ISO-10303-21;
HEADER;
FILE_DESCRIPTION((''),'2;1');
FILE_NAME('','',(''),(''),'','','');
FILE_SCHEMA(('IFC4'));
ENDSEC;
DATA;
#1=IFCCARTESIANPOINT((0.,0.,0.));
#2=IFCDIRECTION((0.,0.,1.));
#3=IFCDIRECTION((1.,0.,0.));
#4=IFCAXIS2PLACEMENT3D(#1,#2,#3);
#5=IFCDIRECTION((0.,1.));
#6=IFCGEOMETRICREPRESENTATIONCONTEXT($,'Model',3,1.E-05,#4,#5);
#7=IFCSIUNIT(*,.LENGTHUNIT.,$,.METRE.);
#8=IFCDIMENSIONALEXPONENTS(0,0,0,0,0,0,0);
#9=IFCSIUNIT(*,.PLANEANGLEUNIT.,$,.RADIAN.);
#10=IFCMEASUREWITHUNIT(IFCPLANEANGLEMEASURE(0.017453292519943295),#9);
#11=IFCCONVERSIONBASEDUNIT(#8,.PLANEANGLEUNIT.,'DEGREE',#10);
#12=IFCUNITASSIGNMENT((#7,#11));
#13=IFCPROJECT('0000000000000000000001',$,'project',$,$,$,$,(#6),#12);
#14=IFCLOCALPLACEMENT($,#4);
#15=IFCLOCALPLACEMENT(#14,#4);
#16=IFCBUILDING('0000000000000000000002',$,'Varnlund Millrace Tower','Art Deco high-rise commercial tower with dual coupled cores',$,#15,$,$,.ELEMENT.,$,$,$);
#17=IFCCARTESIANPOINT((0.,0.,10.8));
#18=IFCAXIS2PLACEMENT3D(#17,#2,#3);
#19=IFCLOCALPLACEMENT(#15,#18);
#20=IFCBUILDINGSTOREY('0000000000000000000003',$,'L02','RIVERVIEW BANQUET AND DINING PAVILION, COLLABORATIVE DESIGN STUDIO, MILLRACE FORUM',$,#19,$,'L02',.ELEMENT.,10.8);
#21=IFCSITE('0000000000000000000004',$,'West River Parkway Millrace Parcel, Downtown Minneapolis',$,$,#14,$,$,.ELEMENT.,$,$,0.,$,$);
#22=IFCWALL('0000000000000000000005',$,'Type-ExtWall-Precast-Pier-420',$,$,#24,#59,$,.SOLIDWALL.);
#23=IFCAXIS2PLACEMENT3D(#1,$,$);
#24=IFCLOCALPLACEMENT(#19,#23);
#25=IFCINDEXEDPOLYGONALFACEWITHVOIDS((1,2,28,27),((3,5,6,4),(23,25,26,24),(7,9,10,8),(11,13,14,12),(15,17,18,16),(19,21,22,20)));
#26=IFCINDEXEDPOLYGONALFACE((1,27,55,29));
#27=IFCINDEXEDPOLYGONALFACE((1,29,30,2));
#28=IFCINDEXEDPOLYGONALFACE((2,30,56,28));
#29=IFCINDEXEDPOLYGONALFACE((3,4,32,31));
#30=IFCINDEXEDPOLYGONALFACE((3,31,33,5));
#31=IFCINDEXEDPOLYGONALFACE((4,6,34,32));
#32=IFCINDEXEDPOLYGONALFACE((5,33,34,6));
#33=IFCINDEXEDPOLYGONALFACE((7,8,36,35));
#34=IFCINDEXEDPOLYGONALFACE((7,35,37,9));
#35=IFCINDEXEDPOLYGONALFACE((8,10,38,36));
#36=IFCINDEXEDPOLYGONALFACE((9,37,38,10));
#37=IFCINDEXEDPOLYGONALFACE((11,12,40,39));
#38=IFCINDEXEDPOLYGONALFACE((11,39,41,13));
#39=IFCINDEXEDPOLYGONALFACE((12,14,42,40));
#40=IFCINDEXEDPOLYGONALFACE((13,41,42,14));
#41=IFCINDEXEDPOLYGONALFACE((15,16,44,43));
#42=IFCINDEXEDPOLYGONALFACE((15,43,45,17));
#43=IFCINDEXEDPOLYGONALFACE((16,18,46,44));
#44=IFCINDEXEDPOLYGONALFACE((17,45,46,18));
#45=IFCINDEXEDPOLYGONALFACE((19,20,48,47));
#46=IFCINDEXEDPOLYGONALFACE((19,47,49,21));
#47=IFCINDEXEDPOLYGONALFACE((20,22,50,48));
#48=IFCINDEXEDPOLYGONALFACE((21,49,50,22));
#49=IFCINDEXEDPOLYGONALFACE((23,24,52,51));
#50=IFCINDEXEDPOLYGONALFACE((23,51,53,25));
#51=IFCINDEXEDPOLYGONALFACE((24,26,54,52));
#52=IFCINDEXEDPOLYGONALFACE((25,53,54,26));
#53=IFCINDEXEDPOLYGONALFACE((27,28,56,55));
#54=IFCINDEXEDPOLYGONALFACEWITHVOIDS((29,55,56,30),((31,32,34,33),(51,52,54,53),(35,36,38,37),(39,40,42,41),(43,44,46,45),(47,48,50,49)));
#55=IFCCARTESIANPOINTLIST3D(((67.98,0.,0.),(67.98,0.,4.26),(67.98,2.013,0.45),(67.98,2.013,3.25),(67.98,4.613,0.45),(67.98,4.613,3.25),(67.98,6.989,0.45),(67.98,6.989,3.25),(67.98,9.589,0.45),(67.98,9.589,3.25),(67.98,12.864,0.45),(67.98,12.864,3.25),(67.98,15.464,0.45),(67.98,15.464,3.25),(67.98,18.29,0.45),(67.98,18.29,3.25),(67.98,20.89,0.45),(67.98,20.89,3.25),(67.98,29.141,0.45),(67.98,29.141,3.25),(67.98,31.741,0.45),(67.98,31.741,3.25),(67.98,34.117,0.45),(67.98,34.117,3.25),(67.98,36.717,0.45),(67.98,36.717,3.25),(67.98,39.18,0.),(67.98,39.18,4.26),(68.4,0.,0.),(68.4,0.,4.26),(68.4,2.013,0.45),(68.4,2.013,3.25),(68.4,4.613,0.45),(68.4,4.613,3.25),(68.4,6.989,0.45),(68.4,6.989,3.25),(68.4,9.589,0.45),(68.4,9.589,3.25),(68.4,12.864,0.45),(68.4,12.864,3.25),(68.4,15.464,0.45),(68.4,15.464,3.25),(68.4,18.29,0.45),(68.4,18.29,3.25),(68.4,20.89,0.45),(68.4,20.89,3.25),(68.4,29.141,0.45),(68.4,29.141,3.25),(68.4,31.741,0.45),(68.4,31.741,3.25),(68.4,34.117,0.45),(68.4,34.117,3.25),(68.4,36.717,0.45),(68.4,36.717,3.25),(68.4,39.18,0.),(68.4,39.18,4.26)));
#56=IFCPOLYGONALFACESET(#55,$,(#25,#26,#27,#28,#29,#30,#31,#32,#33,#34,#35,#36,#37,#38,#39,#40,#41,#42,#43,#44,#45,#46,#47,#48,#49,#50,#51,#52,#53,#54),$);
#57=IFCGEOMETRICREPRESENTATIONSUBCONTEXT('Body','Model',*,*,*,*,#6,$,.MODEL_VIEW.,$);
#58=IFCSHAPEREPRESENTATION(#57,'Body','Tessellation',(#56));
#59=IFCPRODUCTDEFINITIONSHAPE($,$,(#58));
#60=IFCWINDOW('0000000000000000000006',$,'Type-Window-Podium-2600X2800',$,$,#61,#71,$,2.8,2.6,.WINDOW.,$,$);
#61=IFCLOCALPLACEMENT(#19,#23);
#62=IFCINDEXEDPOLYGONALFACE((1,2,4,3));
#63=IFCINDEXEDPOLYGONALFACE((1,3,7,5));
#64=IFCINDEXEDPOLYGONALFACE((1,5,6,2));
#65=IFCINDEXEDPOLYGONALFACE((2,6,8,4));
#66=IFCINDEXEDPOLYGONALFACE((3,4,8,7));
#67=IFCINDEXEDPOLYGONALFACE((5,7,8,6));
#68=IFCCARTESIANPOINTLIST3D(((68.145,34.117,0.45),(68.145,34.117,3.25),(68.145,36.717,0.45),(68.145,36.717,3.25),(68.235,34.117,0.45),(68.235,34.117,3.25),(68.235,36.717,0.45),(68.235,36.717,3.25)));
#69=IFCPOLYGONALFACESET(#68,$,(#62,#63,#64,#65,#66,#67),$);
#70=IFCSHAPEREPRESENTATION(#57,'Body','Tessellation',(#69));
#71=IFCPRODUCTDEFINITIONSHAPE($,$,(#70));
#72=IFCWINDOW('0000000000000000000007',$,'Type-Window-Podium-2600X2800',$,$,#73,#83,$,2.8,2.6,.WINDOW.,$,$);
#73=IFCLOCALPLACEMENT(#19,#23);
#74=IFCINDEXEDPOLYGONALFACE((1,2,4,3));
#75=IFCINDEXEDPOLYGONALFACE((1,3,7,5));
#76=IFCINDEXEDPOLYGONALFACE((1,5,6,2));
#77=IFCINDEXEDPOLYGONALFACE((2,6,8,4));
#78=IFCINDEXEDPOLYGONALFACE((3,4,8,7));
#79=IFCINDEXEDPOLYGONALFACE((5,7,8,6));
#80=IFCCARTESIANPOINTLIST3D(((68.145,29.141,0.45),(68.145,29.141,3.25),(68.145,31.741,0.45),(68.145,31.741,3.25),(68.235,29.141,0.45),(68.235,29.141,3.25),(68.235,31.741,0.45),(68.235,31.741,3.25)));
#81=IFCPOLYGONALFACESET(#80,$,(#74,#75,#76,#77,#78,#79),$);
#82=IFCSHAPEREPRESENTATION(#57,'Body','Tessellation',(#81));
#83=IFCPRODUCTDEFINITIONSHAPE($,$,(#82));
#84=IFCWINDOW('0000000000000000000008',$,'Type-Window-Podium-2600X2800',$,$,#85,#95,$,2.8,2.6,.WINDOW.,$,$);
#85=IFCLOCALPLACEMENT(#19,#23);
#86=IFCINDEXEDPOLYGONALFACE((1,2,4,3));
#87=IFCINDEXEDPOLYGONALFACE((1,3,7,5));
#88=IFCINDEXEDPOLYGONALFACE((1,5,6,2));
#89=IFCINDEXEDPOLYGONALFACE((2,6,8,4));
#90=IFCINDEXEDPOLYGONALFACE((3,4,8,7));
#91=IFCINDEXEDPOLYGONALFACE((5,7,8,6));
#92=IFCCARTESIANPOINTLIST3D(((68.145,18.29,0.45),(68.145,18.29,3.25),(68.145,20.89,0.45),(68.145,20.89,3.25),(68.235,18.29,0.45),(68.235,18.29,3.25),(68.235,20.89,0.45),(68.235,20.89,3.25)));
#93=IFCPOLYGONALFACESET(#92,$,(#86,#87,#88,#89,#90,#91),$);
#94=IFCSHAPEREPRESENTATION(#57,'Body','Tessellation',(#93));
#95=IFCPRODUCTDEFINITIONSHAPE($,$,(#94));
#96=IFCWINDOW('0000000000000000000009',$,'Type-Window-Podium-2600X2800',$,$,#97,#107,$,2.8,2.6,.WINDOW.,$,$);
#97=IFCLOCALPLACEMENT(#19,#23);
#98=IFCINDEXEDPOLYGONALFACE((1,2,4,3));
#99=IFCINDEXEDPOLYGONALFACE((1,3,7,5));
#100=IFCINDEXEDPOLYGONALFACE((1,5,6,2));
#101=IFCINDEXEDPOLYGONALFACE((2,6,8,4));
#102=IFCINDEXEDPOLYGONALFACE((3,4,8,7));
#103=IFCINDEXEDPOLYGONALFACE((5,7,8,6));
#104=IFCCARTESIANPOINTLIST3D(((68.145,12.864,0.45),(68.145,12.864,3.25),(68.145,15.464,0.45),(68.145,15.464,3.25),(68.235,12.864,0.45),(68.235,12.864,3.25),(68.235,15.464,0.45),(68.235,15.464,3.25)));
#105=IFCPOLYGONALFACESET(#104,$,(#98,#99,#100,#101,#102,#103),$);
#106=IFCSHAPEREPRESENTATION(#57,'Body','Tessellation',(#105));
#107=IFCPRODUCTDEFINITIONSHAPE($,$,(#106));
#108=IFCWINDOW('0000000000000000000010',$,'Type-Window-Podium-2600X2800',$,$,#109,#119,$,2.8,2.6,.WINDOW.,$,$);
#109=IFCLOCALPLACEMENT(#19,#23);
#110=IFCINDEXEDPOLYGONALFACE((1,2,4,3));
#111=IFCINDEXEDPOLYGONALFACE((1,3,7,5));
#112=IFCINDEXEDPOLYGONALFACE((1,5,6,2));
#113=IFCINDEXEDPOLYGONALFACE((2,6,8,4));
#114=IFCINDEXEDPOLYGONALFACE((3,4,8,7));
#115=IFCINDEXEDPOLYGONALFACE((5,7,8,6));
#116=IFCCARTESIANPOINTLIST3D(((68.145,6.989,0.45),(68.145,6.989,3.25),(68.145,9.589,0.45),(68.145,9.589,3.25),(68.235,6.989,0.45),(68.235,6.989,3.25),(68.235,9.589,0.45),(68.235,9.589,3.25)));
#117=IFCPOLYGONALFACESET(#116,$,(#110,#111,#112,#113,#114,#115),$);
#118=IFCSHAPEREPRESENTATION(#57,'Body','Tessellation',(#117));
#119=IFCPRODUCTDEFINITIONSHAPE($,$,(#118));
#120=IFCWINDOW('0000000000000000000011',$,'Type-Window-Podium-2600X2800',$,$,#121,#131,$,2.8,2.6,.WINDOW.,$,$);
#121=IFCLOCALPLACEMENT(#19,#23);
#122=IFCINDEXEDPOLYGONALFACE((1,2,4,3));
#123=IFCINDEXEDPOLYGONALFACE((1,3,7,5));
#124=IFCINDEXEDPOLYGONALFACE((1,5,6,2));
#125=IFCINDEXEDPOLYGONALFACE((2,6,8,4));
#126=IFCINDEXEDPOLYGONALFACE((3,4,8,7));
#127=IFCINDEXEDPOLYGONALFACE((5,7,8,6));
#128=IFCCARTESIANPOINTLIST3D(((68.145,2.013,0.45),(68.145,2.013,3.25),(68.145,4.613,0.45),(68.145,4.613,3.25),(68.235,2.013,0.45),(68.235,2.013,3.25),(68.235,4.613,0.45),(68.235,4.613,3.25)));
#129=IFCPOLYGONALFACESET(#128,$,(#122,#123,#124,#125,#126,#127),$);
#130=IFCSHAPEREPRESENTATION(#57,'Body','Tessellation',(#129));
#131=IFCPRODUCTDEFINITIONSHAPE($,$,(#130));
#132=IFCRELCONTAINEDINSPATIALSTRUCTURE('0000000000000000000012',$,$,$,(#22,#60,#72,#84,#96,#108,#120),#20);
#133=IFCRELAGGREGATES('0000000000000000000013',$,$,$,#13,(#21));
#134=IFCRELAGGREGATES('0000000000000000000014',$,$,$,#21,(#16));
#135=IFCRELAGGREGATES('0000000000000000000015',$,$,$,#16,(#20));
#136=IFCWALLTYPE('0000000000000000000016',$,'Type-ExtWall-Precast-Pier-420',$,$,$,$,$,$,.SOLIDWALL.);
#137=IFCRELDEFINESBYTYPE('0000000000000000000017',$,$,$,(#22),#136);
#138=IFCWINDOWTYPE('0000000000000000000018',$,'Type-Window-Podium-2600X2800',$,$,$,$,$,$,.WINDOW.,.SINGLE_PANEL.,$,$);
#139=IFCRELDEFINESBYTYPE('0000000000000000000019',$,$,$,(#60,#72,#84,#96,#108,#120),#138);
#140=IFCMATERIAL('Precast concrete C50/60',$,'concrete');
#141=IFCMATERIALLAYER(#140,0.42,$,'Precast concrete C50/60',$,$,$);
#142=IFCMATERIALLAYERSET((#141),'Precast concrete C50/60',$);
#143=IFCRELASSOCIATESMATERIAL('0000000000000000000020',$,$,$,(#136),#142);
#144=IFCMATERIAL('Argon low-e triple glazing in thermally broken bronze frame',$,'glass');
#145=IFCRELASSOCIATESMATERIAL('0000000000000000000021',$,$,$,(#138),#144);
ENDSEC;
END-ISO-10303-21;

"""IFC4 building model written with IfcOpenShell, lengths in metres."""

from ifc_helpers import new_model, entity, si_unit, converted_unit, direction, frame, origin_with_axes, origin_2d_with_axis, place, context, subcontext, project, spatial, polyline, rectangle, outline, extrude, material, layer, layer_set, type_object, element, fill, save


model = new_model("IFC4")

# Units and contexts
model_context = context("Model", 3, precision=1e-05, world=origin_with_axes(), true_north=direction((0.0, 1.0)))
body_context = subcontext(model_context, "Body", "Model", "MODEL_VIEW")
ifc_project = project(units=[si_unit("LENGTHUNIT", "METRE"), converted_unit("PLANEANGLEUNIT", "DEGREE", entity("IfcPlaneAngleMeasure", 0.017453292519943295), si_unit("PLANEANGLEUNIT", "RADIAN"), dimensions=[0, 0, 0, 0, 0, 0, 0])], contexts=[model_context])

# Site, building, storey
site_placement = place(None, origin_with_axes())
site = spatial("IfcSite", under=ifc_project, at=site_placement, Name="West River Parkway Millrace Parcel, Downtown Minneapolis", CompositionType="ELEMENT", RefElevation=0.0)
building_placement = place(site_placement, origin_with_axes())
building = spatial("IfcBuilding", under=site, at=building_placement, Name="Varnlund Millrace Tower", Description="Art Deco high-rise commercial tower with dual coupled cores", CompositionType="ELEMENT")
storey_placement = place(building_placement, frame((0.0, 0.0, 10.8), z_axis=(0.0, 0.0, 1.0), x_axis=(1.0, 0.0, 0.0)))
storey = spatial("IfcBuildingStorey", under=building, at=storey_placement, Name="L02", Description="RIVERVIEW BANQUET AND DINING PAVILION, COLLABORATIVE DESIGN STUDIO, MILLRACE FORUM", LongName="L02", CompositionType="ELEMENT", Elevation=10.8)

# Wall, openings, windows
ifc_material_1 = material(Name="Precast concrete C50/60", Category="concrete")
ifc_layer_1 = layer(ifc_material_1, 0.42, Name="Precast concrete C50/60")
ifc_layer_set_1 = layer_set([ifc_layer_1], Name="Precast concrete C50/60")
wall_type = type_object("IfcWallType", Name="Type-ExtWall-Precast-Pier-420", PredefinedType="SOLIDWALL", material=ifc_layer_set_1)
wall_placement = place(storey_placement, frame((68.19, 39.18, 0.0), z_axis=(0.0, 0.0, 1.0), x_axis=(0.0, -1.0, 0.0)))
wall = element("IfcWall", 1, at=wall_placement, inside=storey, type_object=wall_type, Name="Type-ExtWall-Precast-Pier-420", PredefinedType="SOLIDWALL", context=body_context, shape_type="SweptSolid", body=[
    extrude(outline(polyline([(0.0, -0.21), (39.18, -0.21), (39.18, 0.21), (0.0, 0.21), (0.0, -0.21)])), origin_with_axes(), (0.0, 0.0, 1.0), 4.26),
])
opening_1_placement = place(wall_placement, frame((3.763, 0.0, 0.45), z_axis=(0.0, 0.0, 1.0), x_axis=(1.0, 0.0, 0.0)))
opening_1 = element("IfcOpeningElement", 2, at=opening_1_placement, cuts=wall, PredefinedType="OPENING", context=body_context, shape_type="SweptSolid", body=[
    extrude(rectangle(XDim=2.6, YDim=0.44, at=origin_2d_with_axis()), origin_with_axes(), (0.0, 0.0, 1.0), 2.8),
])
opening_2_placement = place(wall_placement, frame((8.739, 0.0, 0.45), z_axis=(0.0, 0.0, 1.0), x_axis=(1.0, 0.0, 0.0)))
opening_2 = element("IfcOpeningElement", 3, at=opening_2_placement, cuts=wall, PredefinedType="OPENING", context=body_context, shape_type="SweptSolid", body=[
    extrude(rectangle(XDim=2.6, YDim=0.44, at=origin_2d_with_axis()), origin_with_axes(), (0.0, 0.0, 1.0), 2.8),
])
opening_3_placement = place(wall_placement, frame((19.59, 0.0, 0.45), z_axis=(0.0, 0.0, 1.0), x_axis=(1.0, 0.0, 0.0)))
opening_3 = element("IfcOpeningElement", 4, at=opening_3_placement, cuts=wall, PredefinedType="OPENING", context=body_context, shape_type="SweptSolid", body=[
    extrude(rectangle(XDim=2.6, YDim=0.44, at=origin_2d_with_axis()), origin_with_axes(), (0.0, 0.0, 1.0), 2.8),
])
opening_4_placement = place(wall_placement, frame((25.016, 0.0, 0.45), z_axis=(0.0, 0.0, 1.0), x_axis=(1.0, 0.0, 0.0)))
opening_4 = element("IfcOpeningElement", 5, at=opening_4_placement, cuts=wall, PredefinedType="OPENING", context=body_context, shape_type="SweptSolid", body=[
    extrude(rectangle(XDim=2.6, YDim=0.44, at=origin_2d_with_axis()), origin_with_axes(), (0.0, 0.0, 1.0), 2.8),
])
opening_5_placement = place(wall_placement, frame((30.891, 0.0, 0.45), z_axis=(0.0, 0.0, 1.0), x_axis=(1.0, 0.0, 0.0)))
opening_5 = element("IfcOpeningElement", 6, at=opening_5_placement, cuts=wall, PredefinedType="OPENING", context=body_context, shape_type="SweptSolid", body=[
    extrude(rectangle(XDim=2.6, YDim=0.44, at=origin_2d_with_axis()), origin_with_axes(), (0.0, 0.0, 1.0), 2.8),
])
opening_6_placement = place(wall_placement, frame((35.867, 0.0, 0.45), z_axis=(0.0, 0.0, 1.0), x_axis=(1.0, 0.0, 0.0)))
opening_6 = element("IfcOpeningElement", 7, at=opening_6_placement, cuts=wall, PredefinedType="OPENING", context=body_context, shape_type="SweptSolid", body=[
    extrude(rectangle(XDim=2.6, YDim=0.44, at=origin_2d_with_axis()), origin_with_axes(), (0.0, 0.0, 1.0), 2.8),
])
ifc_material_2 = material(Name="Argon low-e triple glazing in thermally broken bronze frame", Category="glass")
window_type = type_object("IfcWindowType", Name="Type-Window-Podium-2600X2800", PartitioningType="SINGLE_PANEL", PredefinedType="WINDOW", material=ifc_material_2)
window_1_placement = place(wall_placement, frame((3.763, 0.0, 0.45), z_axis=(0.0, 0.0, 1.0), x_axis=(1.0, 0.0, 0.0)))
window_1 = element("IfcWindow", 8, at=window_1_placement, inside=storey, type_object=window_type, Name="Type-Window-Podium-2600X2800", OverallHeight=2.8, OverallWidth=2.6, PredefinedType="WINDOW", context=body_context, shape_type="SweptSolid", body=[
    extrude(rectangle(XDim=2.6, YDim=0.09, at=origin_2d_with_axis()), origin_with_axes(), (0.0, 0.0, 1.0), 2.8),
])
fill(opening_1, window_1)
window_2_placement = place(wall_placement, frame((8.739, 0.0, 0.45), z_axis=(0.0, 0.0, 1.0), x_axis=(1.0, 0.0, 0.0)))
window_2 = element("IfcWindow", 9, at=window_2_placement, inside=storey, type_object=window_type, Name="Type-Window-Podium-2600X2800", OverallHeight=2.8, OverallWidth=2.6, PredefinedType="WINDOW", context=body_context, shape_type="SweptSolid", body=[
    extrude(rectangle(XDim=2.6, YDim=0.09, at=origin_2d_with_axis()), origin_with_axes(), (0.0, 0.0, 1.0), 2.8),
])
fill(opening_2, window_2)
window_3_placement = place(wall_placement, frame((19.59, 0.0, 0.45), z_axis=(0.0, 0.0, 1.0), x_axis=(1.0, 0.0, 0.0)))
window_3 = element("IfcWindow", 10, at=window_3_placement, inside=storey, type_object=window_type, Name="Type-Window-Podium-2600X2800", OverallHeight=2.8, OverallWidth=2.6, PredefinedType="WINDOW", context=body_context, shape_type="SweptSolid", body=[
    extrude(rectangle(XDim=2.6, YDim=0.09, at=origin_2d_with_axis()), origin_with_axes(), (0.0, 0.0, 1.0), 2.8),
])
fill(opening_3, window_3)
window_4_placement = place(wall_placement, frame((25.016, 0.0, 0.45), z_axis=(0.0, 0.0, 1.0), x_axis=(1.0, 0.0, 0.0)))
window_4 = element("IfcWindow", 11, at=window_4_placement, inside=storey, type_object=window_type, Name="Type-Window-Podium-2600X2800", OverallHeight=2.8, OverallWidth=2.6, PredefinedType="WINDOW", context=body_context, shape_type="SweptSolid", body=[
    extrude(rectangle(XDim=2.6, YDim=0.09, at=origin_2d_with_axis()), origin_with_axes(), (0.0, 0.0, 1.0), 2.8),
])
fill(opening_4, window_4)
window_5_placement = place(wall_placement, frame((30.891, 0.0, 0.45), z_axis=(0.0, 0.0, 1.0), x_axis=(1.0, 0.0, 0.0)))
window_5 = element("IfcWindow", 12, at=window_5_placement, inside=storey, type_object=window_type, Name="Type-Window-Podium-2600X2800", OverallHeight=2.8, OverallWidth=2.6, PredefinedType="WINDOW", context=body_context, shape_type="SweptSolid", body=[
    extrude(rectangle(XDim=2.6, YDim=0.09, at=origin_2d_with_axis()), origin_with_axes(), (0.0, 0.0, 1.0), 2.8),
])
fill(opening_5, window_5)
window_6_placement = place(wall_placement, frame((35.867, 0.0, 0.45), z_axis=(0.0, 0.0, 1.0), x_axis=(1.0, 0.0, 0.0)))
window_6 = element("IfcWindow", 13, at=window_6_placement, inside=storey, type_object=window_type, Name="Type-Window-Podium-2600X2800", OverallHeight=2.8, OverallWidth=2.6, PredefinedType="WINDOW", context=body_context, shape_type="SweptSolid", body=[
    extrude(rectangle(XDim=2.6, YDim=0.09, at=origin_2d_with_axis()), origin_with_axes(), (0.0, 0.0, 1.0), 2.8),
])
fill(opening_6, window_6)

save(model, "model.ifc")
